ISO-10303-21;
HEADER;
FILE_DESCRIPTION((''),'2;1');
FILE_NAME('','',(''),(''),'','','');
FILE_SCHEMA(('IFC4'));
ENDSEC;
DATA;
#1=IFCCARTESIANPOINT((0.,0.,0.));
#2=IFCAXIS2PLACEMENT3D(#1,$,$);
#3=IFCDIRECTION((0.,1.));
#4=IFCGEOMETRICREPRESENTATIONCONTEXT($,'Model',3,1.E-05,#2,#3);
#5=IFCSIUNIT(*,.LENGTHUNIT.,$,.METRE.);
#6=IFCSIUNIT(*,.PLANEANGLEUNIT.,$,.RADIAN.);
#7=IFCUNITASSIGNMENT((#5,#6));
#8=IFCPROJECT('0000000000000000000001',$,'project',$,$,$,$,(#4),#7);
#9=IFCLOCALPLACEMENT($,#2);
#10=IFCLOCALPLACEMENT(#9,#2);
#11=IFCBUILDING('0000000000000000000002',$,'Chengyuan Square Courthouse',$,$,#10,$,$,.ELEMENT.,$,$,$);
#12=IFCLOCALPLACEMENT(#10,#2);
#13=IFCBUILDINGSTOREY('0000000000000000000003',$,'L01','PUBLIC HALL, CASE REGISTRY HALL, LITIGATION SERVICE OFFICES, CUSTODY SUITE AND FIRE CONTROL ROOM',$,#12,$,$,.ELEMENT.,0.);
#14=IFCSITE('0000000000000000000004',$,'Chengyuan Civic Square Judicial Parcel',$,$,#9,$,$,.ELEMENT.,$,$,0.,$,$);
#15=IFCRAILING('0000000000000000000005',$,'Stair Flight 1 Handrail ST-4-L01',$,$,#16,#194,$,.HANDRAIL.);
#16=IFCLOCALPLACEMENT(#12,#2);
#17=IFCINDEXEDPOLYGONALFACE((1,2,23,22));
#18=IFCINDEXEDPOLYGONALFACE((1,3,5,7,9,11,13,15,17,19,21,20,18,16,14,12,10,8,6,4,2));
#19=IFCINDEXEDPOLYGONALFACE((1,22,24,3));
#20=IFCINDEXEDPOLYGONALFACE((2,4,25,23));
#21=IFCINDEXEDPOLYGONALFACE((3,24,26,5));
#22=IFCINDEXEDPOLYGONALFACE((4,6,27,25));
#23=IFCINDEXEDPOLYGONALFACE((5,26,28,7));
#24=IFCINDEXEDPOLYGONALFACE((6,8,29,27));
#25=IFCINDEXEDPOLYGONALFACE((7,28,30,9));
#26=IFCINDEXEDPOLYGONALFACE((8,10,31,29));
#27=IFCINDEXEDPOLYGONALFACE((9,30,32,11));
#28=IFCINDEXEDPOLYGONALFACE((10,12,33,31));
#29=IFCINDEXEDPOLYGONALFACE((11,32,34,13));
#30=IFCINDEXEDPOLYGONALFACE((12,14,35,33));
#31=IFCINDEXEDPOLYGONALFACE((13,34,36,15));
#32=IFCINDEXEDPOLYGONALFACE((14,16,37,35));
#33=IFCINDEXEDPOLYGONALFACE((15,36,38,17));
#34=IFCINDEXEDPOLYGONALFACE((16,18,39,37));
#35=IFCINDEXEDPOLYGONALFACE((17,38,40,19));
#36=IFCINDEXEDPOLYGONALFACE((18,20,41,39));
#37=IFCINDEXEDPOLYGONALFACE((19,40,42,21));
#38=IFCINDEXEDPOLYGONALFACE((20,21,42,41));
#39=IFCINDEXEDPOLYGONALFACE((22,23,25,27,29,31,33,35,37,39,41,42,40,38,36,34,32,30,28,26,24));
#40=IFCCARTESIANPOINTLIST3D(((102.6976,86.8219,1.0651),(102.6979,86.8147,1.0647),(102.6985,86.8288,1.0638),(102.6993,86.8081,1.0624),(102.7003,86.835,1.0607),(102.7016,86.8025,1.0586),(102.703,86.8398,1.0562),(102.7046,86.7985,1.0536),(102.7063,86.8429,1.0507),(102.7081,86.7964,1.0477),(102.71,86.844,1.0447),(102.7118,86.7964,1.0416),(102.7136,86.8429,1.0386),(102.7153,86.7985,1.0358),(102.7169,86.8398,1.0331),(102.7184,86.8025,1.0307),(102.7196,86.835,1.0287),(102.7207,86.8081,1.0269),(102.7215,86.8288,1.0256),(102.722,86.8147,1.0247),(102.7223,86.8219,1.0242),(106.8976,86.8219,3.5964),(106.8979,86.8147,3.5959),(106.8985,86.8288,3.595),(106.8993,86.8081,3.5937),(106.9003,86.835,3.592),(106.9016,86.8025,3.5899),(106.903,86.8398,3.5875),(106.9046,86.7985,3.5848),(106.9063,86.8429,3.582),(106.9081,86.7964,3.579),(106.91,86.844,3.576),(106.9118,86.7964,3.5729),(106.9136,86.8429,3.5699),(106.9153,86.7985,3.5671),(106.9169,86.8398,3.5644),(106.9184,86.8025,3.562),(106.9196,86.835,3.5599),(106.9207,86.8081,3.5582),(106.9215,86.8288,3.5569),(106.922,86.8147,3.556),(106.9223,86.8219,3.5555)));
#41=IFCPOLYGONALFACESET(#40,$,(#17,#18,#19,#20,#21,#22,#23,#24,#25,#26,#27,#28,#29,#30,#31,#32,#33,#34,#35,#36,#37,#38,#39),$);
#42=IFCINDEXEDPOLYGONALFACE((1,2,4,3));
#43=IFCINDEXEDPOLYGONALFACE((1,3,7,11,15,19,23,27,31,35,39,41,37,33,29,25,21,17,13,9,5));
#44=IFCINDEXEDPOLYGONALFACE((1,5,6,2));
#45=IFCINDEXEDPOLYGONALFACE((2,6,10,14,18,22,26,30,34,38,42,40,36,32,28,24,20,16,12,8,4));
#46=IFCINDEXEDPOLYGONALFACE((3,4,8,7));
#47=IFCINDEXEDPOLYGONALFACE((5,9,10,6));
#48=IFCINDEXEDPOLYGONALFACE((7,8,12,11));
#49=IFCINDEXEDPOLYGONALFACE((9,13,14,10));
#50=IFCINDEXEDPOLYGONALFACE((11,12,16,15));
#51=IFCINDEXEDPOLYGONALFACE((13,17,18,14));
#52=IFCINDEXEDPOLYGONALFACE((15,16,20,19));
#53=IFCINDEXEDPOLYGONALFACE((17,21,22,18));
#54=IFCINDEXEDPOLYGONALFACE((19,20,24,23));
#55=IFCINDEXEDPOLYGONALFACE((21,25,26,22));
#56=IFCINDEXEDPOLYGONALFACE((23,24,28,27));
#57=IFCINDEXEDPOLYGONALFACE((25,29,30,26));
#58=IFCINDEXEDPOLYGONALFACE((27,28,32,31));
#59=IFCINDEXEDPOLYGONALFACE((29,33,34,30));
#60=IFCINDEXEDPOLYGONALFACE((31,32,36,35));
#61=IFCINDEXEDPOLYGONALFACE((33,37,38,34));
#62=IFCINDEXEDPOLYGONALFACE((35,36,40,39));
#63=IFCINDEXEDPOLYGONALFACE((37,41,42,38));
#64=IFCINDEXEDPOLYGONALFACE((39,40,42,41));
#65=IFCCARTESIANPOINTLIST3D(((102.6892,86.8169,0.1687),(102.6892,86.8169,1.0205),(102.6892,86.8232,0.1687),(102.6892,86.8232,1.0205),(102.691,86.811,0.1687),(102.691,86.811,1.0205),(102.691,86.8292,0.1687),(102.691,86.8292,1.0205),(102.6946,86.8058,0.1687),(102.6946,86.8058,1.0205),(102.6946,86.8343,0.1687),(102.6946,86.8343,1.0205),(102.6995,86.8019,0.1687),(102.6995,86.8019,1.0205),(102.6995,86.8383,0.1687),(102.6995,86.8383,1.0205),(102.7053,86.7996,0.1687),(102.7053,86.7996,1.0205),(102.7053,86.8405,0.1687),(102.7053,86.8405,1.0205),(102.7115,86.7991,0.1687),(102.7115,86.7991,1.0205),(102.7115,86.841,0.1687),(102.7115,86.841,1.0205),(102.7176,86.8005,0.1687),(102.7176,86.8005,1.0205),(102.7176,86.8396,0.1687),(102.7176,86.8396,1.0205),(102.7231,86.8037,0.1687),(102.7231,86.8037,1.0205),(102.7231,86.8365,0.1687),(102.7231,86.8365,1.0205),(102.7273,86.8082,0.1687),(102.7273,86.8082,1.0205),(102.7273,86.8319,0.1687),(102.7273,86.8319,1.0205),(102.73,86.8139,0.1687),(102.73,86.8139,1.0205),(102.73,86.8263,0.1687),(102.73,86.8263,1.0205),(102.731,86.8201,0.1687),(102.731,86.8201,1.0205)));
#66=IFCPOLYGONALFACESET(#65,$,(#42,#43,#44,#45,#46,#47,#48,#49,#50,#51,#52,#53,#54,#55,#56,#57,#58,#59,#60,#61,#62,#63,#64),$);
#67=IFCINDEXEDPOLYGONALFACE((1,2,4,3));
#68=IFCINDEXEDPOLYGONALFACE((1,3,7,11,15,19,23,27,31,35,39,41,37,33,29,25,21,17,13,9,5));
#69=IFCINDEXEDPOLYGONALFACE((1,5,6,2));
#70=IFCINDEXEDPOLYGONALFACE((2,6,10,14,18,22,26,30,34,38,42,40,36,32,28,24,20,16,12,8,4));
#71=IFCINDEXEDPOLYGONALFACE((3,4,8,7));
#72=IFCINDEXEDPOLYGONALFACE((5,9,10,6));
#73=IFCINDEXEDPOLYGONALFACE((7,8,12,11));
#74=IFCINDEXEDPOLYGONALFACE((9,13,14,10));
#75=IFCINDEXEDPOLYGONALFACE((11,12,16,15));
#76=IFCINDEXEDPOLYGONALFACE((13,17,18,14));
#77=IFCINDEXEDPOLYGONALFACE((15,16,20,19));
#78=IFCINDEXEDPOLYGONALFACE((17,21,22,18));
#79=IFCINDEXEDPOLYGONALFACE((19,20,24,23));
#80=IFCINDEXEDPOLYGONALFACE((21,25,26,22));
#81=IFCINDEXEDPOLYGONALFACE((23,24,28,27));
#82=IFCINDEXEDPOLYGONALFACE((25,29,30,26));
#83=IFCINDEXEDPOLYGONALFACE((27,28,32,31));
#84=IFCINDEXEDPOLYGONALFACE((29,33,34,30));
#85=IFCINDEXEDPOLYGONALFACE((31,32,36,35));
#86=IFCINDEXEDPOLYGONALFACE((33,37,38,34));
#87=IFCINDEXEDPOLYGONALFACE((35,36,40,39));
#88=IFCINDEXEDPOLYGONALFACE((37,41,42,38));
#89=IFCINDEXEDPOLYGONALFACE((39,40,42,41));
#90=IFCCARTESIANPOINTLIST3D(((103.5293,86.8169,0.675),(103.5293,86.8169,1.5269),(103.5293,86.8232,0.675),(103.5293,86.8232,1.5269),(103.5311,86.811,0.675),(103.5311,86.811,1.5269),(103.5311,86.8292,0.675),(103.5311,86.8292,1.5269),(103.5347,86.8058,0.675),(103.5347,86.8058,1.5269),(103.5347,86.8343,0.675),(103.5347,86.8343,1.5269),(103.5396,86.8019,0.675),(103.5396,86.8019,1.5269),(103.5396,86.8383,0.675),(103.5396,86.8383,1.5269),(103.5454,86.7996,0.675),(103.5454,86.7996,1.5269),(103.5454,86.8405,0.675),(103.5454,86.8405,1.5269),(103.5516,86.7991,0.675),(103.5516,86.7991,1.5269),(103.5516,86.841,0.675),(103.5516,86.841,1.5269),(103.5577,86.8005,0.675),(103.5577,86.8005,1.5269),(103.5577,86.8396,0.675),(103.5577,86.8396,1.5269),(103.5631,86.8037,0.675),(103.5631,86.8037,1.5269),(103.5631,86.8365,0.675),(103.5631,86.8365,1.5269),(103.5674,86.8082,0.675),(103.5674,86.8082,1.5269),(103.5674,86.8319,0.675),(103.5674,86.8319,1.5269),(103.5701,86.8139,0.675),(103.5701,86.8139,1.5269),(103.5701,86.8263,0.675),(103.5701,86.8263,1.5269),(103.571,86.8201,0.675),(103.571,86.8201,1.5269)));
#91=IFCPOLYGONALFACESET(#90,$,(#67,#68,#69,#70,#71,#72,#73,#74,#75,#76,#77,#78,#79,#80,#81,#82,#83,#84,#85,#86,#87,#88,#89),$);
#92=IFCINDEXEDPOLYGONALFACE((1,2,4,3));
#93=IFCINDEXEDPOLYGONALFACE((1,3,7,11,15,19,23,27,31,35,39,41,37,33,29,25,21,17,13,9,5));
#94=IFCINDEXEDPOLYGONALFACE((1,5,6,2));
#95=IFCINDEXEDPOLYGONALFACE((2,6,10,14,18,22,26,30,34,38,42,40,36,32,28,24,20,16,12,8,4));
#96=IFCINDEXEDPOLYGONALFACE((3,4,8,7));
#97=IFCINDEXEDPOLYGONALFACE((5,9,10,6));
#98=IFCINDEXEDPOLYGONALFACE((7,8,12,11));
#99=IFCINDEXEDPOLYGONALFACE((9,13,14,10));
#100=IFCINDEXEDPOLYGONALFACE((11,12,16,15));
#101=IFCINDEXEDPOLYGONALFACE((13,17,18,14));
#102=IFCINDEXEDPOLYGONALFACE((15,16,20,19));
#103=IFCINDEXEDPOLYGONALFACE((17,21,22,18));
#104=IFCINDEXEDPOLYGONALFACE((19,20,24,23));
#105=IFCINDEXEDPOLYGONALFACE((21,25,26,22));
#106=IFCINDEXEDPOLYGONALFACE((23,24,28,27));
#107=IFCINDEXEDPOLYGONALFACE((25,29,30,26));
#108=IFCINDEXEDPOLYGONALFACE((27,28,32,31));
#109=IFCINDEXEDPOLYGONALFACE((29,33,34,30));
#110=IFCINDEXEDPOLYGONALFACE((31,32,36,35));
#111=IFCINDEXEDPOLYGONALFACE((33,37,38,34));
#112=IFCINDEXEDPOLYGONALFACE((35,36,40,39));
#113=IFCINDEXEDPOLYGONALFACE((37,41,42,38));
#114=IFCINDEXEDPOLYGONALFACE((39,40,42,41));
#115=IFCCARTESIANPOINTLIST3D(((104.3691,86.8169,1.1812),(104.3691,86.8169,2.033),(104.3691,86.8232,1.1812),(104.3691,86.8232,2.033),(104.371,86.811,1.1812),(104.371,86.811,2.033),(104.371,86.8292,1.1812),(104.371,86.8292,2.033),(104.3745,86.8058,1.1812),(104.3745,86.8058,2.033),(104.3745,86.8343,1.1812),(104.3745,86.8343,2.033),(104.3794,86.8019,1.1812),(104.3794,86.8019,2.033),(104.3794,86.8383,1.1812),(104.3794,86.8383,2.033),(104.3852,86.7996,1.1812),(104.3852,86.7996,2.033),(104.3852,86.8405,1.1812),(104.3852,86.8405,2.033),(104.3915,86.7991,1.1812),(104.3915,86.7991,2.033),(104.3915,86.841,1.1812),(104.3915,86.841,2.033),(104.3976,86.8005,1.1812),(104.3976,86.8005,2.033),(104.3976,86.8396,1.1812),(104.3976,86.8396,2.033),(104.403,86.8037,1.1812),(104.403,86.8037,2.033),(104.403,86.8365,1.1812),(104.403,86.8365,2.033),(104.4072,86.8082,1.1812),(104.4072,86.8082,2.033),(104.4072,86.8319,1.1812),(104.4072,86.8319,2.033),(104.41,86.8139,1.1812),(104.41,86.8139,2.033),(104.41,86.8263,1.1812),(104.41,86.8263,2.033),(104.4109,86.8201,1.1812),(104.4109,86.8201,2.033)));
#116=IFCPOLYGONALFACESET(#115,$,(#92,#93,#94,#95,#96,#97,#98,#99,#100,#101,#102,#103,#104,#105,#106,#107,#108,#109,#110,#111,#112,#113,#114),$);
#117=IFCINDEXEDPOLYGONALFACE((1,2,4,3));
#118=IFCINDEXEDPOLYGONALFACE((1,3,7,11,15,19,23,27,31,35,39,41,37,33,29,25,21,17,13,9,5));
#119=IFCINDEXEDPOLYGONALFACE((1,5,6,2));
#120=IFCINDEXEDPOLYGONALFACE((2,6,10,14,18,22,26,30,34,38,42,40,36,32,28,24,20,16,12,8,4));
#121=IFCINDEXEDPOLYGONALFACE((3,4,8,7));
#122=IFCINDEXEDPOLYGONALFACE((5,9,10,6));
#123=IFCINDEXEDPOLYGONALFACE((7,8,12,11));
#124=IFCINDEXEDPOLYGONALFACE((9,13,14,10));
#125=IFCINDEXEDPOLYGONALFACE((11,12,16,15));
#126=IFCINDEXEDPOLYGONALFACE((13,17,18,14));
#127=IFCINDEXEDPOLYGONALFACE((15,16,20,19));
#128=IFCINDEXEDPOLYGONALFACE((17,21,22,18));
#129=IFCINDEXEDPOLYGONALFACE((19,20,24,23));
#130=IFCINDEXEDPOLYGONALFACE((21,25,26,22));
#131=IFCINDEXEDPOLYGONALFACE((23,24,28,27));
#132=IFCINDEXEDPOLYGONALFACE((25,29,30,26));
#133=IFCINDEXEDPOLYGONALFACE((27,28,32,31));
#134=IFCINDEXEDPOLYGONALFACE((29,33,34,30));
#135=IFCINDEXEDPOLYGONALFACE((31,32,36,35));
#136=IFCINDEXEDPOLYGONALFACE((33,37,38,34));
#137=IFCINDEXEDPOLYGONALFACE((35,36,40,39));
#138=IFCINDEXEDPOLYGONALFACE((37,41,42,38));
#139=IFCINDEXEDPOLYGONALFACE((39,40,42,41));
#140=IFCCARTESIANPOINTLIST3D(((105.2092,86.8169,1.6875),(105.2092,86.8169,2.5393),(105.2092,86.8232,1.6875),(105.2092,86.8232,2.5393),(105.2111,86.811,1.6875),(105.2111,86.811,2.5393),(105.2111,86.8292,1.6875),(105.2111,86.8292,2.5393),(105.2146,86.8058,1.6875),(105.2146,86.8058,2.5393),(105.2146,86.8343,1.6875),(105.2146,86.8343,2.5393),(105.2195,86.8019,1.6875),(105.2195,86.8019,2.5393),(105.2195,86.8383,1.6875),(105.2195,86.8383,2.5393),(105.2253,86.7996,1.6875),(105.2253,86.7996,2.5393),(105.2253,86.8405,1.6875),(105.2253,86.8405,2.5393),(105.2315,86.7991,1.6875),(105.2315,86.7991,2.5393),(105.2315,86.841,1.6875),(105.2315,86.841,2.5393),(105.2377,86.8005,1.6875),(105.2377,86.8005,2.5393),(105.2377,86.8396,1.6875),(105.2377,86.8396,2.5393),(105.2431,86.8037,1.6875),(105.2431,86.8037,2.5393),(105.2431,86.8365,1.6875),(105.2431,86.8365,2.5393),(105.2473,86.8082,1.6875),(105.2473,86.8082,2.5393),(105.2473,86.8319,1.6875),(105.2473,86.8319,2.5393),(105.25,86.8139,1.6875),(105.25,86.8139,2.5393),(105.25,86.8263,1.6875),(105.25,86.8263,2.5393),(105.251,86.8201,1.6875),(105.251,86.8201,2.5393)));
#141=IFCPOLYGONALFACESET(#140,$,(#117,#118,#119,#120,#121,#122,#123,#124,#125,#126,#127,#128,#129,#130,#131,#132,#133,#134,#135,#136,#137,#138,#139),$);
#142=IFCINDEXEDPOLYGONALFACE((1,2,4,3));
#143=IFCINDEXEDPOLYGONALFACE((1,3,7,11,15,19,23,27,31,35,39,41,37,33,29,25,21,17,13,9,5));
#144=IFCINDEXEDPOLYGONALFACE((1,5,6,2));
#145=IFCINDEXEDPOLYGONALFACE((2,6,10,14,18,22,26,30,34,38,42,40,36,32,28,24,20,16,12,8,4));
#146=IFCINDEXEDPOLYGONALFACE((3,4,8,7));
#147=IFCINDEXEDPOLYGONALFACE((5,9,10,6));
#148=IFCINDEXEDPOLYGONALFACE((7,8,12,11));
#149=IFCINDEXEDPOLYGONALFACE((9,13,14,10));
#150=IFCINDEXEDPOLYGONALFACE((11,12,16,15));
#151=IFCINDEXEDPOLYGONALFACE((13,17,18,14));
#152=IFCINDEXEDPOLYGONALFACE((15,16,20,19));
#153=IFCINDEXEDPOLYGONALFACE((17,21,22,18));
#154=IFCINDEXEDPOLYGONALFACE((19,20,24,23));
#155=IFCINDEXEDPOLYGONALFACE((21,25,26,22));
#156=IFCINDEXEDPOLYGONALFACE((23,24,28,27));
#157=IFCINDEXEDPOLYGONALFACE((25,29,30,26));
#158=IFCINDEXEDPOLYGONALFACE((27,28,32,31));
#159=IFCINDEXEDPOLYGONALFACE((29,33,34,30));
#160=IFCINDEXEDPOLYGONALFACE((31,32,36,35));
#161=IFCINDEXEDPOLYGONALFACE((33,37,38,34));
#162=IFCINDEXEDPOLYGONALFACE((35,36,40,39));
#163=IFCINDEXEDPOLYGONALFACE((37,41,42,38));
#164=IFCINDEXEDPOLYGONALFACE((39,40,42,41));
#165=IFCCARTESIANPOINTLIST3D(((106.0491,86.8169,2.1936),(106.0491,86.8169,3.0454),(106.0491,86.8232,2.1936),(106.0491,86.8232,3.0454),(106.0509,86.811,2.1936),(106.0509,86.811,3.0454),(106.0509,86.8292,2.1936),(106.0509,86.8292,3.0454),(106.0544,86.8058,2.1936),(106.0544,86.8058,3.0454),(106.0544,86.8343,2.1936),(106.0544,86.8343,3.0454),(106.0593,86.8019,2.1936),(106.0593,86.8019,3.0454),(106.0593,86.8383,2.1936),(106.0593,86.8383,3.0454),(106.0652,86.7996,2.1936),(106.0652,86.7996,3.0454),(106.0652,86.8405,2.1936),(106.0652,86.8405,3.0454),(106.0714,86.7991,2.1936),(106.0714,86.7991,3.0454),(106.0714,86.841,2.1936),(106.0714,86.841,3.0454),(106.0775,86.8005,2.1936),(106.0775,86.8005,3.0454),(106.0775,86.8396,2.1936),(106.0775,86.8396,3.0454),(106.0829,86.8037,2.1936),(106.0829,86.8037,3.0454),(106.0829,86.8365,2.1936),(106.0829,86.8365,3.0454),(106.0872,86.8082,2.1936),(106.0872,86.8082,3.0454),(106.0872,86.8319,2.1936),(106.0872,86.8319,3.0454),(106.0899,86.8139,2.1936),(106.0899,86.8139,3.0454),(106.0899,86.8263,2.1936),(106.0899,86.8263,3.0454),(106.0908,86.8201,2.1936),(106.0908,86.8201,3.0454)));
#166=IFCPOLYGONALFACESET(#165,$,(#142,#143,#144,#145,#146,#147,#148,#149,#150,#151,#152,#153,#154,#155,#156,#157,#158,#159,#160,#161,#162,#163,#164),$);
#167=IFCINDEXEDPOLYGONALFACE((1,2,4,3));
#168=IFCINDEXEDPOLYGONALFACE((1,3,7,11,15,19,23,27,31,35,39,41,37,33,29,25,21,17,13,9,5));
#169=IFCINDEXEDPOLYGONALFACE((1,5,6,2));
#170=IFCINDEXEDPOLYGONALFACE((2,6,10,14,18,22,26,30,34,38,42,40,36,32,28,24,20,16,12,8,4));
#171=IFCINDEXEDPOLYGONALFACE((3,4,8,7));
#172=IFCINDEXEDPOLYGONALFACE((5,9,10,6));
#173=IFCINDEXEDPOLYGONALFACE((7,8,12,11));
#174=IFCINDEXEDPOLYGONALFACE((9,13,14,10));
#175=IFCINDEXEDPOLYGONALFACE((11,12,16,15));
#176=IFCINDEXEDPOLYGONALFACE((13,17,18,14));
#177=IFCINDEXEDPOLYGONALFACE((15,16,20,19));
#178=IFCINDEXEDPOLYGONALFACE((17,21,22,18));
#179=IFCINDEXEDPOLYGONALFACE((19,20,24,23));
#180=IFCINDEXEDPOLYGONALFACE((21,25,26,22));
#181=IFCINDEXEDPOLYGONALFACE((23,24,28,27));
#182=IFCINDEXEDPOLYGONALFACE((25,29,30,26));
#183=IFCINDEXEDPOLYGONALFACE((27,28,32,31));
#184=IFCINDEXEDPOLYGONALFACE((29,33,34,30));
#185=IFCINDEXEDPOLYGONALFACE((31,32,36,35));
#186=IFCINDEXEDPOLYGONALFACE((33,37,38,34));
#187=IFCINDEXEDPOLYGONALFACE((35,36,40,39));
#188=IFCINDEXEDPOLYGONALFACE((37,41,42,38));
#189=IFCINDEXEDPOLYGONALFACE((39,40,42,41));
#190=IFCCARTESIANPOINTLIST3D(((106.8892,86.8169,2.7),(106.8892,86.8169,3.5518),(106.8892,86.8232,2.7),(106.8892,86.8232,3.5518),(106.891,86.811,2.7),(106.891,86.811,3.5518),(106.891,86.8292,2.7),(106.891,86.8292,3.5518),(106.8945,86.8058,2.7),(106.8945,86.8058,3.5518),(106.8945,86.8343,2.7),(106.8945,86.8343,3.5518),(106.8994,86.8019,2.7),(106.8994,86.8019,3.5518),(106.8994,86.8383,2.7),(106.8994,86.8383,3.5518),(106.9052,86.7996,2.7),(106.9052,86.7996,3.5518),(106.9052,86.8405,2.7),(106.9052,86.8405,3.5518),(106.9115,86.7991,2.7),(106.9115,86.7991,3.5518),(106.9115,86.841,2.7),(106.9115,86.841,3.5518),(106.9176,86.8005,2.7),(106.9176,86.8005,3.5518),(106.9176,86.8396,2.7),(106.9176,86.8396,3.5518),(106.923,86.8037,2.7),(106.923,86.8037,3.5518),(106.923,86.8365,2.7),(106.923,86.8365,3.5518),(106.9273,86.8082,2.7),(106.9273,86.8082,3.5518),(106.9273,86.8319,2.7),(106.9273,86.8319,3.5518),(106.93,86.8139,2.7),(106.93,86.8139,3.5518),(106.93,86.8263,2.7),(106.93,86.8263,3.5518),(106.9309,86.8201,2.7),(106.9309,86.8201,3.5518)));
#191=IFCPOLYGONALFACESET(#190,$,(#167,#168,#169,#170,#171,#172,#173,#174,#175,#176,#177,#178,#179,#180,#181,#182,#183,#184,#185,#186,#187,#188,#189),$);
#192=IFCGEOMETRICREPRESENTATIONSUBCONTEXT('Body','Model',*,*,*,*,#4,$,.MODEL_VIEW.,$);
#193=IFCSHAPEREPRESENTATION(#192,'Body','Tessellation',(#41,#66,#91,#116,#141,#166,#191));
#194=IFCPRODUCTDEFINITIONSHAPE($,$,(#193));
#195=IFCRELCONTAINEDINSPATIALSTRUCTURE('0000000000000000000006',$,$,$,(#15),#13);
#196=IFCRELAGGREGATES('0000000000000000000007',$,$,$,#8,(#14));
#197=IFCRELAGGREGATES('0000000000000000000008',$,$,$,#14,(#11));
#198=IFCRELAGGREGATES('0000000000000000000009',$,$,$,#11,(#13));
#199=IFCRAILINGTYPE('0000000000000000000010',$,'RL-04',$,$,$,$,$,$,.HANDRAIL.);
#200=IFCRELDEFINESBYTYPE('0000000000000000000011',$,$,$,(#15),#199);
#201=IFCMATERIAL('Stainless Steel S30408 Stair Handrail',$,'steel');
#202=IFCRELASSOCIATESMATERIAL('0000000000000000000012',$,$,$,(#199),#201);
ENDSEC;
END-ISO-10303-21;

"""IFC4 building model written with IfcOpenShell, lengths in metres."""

from ifc_helpers import new_model, si_unit, direction, frame, origin, origin_2d, place, context, subcontext, project, spatial, circle, extrude, material, type_object, element, save


model = new_model("IFC4")

# Units and contexts
model_context = context("Model", 3, precision=1e-05, world=origin(), true_north=direction((0.0, 1.0)))
body_context = subcontext(model_context, "Body", "Model", "MODEL_VIEW")
ifc_project = project(units=[si_unit("LENGTHUNIT", "METRE"), si_unit("PLANEANGLEUNIT", "RADIAN")], contexts=[model_context])

# Site, building, storey
site_placement = place(None, origin())
site = spatial("IfcSite", under=ifc_project, at=site_placement, Name="Chengyuan Civic Square Judicial Parcel", CompositionType="ELEMENT", RefElevation=0.0)
building_placement = place(site_placement, origin())
building = spatial("IfcBuilding", under=site, at=building_placement, Name="Chengyuan Square Courthouse", CompositionType="ELEMENT")
storey_placement = place(building_placement, origin())
storey = spatial("IfcBuildingStorey", under=building, at=storey_placement, Name="L01", Description="PUBLIC HALL, CASE REGISTRY HALL, LITIGATION SERVICE OFFICES, CUSTODY SUITE AND FIRE CONTROL ROOM", CompositionType="ELEMENT", Elevation=0.0)

# Railing
ifc_material_1 = material(Name="Stainless Steel S30408 Stair Handrail", Category="steel")
railing_type_1 = type_object("IfcRailingType", Name="RL-04", PredefinedType="HANDRAIL", material=ifc_material_1)
railing_1_placement = place(storey_placement, frame((102.71, 86.8201, 0.1687)))
element("IfcRailing", 1, at=railing_1_placement, inside=storey, type_object=railing_type_1, Name="Stair Flight 1 Handrail ST-4-L01", PredefinedType="HANDRAIL", context=body_context, shape_type="SweptSolid", body=[
    extrude(circle(Radius=0.0239, at=origin_2d()), frame((0.0, 0.0, 0.876), z_axis=(0.856476, 0.0, 0.516186), x_axis=(0.0, 1.0, 0.0)), (0.0, 0.0, 1.0), 4.9038),
    extrude(circle(Radius=0.021, at=origin_2d()), origin(), (0.0, 0.0, 1.0), 0.8518),
    extrude(circle(Radius=0.021, at=origin_2d()), frame((0.8401, 0.0, 0.5063)), (0.0, 0.0, 1.0), 0.8518),
    extrude(circle(Radius=0.021, at=origin_2d()), frame((1.6799, 0.0, 1.0125)), (0.0, 0.0, 1.0), 0.8518),
    extrude(circle(Radius=0.021, at=origin_2d()), frame((2.52, 0.0, 1.5188)), (0.0, 0.0, 1.0), 0.8518),
    extrude(circle(Radius=0.021, at=origin_2d()), frame((3.3599, 0.0, 2.0249)), (0.0, 0.0, 1.0), 0.8518),
    extrude(circle(Radius=0.021, at=origin_2d()), frame((4.2, 0.0, 2.5312)), (0.0, 0.0, 1.0), 0.8518),
])

save(model, "model.ifc")
